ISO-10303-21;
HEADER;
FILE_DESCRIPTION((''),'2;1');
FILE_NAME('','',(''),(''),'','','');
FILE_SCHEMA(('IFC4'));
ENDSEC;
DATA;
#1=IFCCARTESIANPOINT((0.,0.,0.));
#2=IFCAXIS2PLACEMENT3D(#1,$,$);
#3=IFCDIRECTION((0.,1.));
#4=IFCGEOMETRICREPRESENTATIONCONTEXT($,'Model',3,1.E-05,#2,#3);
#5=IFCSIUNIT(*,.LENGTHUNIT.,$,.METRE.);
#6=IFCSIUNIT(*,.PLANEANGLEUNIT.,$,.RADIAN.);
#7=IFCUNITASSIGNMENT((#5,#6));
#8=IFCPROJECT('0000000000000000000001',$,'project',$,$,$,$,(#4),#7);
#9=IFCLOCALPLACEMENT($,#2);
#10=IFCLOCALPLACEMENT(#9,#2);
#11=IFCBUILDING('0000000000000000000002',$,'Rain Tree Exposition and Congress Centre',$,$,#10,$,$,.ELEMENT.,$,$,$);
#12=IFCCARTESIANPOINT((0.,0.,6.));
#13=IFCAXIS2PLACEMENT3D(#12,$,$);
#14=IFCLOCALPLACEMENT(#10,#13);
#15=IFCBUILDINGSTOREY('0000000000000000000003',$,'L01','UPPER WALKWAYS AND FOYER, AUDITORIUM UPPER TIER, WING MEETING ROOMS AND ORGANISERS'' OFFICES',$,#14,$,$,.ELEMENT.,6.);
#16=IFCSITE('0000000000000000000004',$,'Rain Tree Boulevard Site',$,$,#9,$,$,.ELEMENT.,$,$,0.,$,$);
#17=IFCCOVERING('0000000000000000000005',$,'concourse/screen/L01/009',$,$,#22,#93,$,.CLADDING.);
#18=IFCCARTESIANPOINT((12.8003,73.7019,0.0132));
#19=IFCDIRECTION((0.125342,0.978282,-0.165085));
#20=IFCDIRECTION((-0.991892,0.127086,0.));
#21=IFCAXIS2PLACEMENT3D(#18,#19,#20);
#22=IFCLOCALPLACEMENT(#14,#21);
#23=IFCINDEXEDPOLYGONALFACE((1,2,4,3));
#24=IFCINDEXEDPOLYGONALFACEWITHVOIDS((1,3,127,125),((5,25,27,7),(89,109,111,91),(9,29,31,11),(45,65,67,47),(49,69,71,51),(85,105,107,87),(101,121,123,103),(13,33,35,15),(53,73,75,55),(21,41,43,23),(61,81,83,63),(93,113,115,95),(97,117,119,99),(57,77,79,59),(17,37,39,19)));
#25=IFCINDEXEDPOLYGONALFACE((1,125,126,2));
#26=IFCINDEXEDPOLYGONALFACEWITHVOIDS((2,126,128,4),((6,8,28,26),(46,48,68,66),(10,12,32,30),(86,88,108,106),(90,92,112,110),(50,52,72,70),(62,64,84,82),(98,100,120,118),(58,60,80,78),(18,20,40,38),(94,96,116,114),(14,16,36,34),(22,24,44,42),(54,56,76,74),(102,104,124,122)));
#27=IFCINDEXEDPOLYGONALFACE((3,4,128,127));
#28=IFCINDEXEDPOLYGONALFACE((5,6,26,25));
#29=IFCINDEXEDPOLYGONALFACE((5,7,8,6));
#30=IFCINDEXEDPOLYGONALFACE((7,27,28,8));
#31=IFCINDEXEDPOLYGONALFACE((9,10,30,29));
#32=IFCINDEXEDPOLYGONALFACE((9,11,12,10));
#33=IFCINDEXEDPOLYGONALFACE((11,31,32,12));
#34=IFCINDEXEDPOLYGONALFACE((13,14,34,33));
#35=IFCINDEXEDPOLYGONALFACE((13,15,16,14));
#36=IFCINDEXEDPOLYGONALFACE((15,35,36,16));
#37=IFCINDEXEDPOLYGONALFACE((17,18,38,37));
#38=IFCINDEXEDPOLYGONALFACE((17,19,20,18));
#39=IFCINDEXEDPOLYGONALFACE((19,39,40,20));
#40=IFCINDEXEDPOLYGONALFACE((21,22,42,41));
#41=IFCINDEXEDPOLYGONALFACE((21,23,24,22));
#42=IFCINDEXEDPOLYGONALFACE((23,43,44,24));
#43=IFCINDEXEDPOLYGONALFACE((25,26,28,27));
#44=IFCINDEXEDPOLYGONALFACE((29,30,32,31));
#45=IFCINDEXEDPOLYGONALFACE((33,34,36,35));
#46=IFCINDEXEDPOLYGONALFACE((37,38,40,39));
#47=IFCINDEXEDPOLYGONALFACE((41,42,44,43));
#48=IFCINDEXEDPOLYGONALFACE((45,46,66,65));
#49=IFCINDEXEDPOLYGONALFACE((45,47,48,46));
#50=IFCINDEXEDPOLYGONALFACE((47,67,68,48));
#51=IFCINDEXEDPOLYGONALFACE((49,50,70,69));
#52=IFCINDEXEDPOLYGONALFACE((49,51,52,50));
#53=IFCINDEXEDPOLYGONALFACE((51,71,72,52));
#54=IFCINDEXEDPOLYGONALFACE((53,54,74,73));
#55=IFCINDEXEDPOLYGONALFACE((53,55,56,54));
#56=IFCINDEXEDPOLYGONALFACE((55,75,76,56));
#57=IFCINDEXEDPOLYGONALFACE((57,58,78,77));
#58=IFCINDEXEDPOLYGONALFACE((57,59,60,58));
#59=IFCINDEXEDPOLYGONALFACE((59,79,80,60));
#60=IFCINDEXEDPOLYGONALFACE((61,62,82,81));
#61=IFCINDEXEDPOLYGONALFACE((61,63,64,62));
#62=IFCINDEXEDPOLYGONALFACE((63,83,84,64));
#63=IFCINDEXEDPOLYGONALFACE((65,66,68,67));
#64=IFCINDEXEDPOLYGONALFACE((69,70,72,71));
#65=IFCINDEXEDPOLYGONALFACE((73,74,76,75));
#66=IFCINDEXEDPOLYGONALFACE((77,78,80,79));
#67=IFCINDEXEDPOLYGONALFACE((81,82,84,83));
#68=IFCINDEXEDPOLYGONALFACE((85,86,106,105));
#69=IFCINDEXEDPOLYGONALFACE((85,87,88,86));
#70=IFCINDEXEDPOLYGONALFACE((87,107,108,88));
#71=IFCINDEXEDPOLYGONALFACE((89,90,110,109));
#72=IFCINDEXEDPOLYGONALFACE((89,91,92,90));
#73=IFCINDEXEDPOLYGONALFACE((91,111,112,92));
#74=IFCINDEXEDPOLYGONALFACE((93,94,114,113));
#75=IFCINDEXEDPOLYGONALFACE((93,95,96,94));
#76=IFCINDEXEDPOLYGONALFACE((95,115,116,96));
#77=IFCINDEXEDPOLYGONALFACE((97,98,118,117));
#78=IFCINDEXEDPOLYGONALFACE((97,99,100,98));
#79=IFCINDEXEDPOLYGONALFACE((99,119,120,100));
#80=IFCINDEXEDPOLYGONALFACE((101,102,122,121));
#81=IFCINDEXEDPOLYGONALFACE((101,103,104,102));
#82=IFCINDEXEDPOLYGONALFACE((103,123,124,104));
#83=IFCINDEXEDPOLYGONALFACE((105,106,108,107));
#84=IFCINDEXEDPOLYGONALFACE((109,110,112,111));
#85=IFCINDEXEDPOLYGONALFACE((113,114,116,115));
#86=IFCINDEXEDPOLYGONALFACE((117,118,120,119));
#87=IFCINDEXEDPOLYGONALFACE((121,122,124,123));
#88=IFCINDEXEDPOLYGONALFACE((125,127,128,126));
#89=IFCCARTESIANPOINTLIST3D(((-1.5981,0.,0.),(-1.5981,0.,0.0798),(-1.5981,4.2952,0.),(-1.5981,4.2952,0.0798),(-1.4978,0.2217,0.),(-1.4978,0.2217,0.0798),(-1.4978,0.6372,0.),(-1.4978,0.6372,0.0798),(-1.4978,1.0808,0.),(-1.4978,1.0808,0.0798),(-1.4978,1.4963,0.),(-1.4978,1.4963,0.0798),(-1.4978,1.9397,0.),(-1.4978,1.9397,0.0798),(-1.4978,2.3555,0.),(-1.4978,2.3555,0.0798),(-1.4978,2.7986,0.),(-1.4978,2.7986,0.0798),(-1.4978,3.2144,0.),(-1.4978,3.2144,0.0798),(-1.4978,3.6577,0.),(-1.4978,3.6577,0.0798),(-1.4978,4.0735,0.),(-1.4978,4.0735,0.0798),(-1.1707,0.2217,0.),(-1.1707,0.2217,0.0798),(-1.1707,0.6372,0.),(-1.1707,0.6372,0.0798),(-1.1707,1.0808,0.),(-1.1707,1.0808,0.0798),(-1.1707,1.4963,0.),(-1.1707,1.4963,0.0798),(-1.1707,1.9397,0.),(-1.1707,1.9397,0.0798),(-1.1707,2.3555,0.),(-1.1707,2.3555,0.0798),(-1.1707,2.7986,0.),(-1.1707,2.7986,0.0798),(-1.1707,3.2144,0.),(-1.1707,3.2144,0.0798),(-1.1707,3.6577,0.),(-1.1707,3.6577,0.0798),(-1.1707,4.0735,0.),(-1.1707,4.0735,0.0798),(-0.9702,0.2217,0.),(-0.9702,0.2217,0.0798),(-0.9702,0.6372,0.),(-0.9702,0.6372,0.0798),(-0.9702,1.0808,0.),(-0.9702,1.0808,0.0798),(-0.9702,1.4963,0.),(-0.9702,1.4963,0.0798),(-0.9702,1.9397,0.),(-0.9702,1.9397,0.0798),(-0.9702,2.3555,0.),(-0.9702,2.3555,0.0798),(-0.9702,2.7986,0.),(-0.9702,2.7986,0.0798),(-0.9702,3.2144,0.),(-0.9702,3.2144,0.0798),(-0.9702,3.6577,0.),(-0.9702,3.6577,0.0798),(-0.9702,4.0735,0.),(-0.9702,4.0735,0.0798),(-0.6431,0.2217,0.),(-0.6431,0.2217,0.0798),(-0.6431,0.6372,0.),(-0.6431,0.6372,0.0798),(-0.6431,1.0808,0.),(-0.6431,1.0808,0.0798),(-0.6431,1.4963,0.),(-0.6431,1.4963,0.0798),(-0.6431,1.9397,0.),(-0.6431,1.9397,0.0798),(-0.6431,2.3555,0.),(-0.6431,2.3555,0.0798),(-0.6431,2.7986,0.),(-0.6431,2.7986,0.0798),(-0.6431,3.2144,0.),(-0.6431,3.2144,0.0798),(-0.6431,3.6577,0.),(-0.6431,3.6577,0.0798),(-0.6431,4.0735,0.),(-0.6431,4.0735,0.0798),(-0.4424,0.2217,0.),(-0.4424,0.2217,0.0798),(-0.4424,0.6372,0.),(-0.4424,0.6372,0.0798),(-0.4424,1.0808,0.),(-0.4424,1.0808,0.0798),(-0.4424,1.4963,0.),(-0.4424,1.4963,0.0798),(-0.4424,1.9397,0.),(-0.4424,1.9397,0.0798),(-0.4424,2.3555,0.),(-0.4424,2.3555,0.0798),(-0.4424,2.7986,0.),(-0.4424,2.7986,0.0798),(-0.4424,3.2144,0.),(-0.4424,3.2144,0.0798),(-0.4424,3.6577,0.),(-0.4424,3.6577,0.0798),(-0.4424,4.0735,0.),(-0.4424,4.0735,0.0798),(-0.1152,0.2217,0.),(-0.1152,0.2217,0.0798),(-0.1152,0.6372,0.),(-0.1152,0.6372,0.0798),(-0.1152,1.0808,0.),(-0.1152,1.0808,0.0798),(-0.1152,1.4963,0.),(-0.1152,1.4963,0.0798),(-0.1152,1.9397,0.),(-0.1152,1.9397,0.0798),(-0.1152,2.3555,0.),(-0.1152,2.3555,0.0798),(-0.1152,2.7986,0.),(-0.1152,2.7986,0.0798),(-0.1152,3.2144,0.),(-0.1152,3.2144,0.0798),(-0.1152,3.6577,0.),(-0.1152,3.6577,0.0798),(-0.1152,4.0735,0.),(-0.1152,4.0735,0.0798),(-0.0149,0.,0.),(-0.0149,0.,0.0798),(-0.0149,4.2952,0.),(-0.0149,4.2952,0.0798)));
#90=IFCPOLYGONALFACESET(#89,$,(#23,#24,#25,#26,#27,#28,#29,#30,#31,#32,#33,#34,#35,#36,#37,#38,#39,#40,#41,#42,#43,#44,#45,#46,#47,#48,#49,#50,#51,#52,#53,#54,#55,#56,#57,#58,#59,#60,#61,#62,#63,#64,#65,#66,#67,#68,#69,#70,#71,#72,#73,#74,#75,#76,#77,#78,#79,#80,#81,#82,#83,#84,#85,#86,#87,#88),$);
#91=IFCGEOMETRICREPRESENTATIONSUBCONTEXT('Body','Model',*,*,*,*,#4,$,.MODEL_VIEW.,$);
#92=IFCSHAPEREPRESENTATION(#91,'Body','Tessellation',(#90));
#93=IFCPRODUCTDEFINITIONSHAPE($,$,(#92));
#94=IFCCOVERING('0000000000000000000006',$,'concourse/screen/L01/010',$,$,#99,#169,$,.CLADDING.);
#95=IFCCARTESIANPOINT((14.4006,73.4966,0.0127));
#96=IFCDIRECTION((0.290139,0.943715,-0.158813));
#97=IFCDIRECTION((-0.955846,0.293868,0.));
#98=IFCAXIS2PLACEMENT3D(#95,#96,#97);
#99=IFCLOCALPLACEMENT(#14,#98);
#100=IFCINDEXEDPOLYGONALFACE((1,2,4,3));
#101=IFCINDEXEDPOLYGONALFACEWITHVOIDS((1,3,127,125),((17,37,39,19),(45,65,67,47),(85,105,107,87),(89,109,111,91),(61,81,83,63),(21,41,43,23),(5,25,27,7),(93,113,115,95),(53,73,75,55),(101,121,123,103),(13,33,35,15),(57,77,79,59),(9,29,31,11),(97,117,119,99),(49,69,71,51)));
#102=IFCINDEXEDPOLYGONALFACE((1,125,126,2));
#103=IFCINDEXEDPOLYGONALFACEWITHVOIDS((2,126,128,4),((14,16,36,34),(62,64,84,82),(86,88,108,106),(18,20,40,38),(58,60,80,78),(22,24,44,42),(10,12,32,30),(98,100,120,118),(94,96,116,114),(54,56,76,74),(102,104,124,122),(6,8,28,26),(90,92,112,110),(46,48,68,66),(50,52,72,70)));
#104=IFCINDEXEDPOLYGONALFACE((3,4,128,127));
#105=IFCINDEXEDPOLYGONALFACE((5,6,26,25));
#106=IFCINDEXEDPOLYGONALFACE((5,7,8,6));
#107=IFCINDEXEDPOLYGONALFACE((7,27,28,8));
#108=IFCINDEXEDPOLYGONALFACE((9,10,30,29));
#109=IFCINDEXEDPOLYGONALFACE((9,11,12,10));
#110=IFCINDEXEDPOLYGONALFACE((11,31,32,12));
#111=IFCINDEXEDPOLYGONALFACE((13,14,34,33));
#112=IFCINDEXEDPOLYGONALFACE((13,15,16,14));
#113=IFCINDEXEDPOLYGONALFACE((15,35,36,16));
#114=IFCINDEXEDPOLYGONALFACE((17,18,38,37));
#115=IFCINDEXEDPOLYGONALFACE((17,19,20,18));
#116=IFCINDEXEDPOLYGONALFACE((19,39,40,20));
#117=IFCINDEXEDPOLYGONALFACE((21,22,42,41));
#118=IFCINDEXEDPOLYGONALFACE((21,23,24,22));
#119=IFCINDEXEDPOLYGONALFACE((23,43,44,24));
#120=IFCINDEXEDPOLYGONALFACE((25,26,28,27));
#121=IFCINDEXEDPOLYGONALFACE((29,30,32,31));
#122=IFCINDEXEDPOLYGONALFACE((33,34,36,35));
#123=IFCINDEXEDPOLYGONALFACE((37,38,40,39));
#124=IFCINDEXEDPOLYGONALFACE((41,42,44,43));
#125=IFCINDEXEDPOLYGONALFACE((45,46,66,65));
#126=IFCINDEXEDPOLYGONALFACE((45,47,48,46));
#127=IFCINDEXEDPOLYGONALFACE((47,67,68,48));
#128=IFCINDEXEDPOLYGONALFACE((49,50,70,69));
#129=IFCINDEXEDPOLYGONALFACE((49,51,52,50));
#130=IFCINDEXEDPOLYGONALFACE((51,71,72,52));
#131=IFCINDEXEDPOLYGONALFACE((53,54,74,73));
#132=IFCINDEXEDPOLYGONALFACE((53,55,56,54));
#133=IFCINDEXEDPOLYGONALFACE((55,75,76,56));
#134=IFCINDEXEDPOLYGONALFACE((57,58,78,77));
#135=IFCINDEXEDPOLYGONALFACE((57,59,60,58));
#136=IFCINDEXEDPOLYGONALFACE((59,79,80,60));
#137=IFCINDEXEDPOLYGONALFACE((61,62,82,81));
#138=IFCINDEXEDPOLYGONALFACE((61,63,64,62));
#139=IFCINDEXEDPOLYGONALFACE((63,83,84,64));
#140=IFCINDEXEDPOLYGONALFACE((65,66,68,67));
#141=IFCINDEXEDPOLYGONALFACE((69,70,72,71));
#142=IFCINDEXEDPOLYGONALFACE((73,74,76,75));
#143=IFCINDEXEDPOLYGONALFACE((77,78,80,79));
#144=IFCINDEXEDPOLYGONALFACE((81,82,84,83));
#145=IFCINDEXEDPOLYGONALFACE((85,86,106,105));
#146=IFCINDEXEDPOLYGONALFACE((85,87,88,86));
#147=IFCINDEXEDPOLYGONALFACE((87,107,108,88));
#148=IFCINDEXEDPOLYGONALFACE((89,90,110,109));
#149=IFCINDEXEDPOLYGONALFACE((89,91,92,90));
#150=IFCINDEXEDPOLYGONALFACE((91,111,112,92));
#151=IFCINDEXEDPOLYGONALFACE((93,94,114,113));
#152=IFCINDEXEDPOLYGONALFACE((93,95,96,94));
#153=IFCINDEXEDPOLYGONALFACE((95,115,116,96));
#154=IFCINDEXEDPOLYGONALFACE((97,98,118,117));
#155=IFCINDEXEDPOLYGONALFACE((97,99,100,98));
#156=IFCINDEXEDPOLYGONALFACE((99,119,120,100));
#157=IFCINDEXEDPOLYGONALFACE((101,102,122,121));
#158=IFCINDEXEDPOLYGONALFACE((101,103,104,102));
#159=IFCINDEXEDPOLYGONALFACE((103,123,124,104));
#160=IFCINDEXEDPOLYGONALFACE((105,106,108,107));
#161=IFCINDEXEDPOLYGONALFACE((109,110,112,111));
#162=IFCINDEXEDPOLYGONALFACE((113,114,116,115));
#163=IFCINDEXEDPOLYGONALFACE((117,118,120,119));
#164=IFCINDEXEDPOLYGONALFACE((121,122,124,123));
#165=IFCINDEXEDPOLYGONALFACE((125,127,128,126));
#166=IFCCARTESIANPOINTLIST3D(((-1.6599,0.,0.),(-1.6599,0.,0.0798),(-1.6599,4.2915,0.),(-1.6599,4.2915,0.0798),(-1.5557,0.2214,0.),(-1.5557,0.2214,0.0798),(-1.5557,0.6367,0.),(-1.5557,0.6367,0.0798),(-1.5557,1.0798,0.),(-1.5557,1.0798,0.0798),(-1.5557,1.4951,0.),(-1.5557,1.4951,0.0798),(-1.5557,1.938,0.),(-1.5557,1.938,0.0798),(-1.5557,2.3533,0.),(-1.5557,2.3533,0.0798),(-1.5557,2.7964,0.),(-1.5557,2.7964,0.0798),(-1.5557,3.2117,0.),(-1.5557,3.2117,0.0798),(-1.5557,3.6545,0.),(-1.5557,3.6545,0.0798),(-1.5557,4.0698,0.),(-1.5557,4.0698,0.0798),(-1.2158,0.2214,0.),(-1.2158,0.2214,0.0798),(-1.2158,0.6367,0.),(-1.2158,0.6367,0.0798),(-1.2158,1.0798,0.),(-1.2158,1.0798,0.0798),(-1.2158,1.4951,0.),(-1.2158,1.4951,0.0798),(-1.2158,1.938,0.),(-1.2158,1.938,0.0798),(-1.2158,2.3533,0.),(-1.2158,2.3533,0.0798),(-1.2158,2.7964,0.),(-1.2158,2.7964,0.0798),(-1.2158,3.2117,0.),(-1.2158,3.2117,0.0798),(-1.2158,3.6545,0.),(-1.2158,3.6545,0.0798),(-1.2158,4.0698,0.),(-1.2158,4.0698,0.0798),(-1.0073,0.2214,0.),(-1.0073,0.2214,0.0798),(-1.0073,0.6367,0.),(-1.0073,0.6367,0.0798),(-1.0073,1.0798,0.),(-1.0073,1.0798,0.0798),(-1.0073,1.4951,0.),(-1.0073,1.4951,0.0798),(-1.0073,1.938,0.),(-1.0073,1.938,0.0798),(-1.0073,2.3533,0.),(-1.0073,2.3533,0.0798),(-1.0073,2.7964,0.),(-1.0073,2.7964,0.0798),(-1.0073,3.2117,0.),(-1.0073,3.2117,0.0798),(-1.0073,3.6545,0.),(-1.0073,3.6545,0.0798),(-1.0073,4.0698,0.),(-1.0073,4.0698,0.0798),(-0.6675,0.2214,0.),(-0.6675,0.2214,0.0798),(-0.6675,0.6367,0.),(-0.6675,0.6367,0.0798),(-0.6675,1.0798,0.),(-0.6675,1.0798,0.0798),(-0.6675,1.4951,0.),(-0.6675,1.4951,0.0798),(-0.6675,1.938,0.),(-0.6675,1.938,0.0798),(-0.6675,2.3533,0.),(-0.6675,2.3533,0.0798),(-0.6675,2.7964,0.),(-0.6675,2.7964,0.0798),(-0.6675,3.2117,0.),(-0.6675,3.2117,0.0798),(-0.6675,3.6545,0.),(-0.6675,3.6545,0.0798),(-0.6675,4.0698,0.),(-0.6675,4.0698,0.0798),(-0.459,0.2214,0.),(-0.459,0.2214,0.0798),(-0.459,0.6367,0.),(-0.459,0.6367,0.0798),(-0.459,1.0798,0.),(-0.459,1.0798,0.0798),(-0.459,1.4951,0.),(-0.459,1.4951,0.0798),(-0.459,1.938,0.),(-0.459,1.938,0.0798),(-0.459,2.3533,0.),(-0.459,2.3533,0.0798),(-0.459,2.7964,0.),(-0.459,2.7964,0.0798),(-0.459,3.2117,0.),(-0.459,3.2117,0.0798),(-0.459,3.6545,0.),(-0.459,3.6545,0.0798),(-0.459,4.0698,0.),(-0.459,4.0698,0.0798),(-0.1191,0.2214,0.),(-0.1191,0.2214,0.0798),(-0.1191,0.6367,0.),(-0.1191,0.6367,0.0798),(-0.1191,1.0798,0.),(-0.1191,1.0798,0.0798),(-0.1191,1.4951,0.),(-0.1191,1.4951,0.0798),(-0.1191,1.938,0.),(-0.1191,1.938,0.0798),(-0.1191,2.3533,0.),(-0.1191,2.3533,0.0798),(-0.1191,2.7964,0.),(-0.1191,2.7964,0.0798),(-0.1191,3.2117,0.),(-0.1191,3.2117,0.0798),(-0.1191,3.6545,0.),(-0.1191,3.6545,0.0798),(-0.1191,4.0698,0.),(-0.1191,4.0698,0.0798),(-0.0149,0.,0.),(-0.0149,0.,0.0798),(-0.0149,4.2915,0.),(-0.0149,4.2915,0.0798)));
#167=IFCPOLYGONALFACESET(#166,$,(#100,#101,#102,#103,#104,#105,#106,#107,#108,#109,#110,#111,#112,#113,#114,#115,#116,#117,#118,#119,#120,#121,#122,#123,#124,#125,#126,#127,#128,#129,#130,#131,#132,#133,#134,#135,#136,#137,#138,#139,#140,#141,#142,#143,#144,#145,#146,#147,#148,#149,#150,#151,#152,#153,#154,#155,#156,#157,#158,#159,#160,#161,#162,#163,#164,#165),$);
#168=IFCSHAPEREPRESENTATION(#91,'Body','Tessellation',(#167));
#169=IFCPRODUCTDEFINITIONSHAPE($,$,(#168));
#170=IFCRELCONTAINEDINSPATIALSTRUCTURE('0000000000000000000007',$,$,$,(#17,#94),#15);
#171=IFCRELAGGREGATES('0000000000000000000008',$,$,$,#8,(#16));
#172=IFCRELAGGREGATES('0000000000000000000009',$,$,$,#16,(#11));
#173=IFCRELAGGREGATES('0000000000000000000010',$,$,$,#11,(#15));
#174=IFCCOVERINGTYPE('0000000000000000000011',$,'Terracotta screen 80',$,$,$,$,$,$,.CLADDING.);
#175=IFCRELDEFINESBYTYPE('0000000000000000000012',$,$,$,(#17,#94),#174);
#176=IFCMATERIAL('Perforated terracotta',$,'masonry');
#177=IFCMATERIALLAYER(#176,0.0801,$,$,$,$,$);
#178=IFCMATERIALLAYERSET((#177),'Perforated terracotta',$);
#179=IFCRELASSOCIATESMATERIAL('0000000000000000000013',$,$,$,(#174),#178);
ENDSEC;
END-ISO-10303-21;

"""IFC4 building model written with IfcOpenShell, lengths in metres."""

from ifc_helpers import new_model, si_unit, direction, frame, origin, place, context, subcontext, project, spatial, polyline, outline, extrude, material, layer, layer_set, type_object, element, save


model = new_model("IFC4")

# Units and contexts
model_context = context("Model", 3, precision=1e-05, world=origin(), true_north=direction((0.0, 1.0)))
body_context = subcontext(model_context, "Body", "Model", "MODEL_VIEW")
ifc_project = project(units=[si_unit("LENGTHUNIT", "METRE"), si_unit("PLANEANGLEUNIT", "RADIAN")], contexts=[model_context])

# Site, building, storey
site_placement = place(None, origin())
site = spatial("IfcSite", under=ifc_project, at=site_placement, Name="Rain Tree Boulevard Site", CompositionType="ELEMENT", RefElevation=0.0)
building_placement = place(site_placement, origin())
building = spatial("IfcBuilding", under=site, at=building_placement, Name="Rain Tree Exposition and Congress Centre", CompositionType="ELEMENT")
storey_placement = place(building_placement, frame((0.0, 0.0, 6.0)))
storey = spatial("IfcBuildingStorey", under=building, at=storey_placement, Name="L01", Description="UPPER WALKWAYS AND FOYER, AUDITORIUM UPPER TIER, WING MEETING ROOMS AND ORGANISERS' OFFICES", CompositionType="ELEMENT", Elevation=6.0)

# Coverings
ifc_material_1 = material(Name="Perforated terracotta", Category="masonry")
ifc_layer_1 = layer(ifc_material_1, 0.0801)
ifc_layer_set_1 = layer_set([ifc_layer_1], Name="Perforated terracotta")
covering_type = type_object("IfcCoveringType", Name="Terracotta screen 80", PredefinedType="CLADDING", material=ifc_layer_set_1)
covering_1_placement = place(storey_placement, frame((12.8003, 73.7019, 0.0132), z_axis=(0.125342, 0.978282, -0.165085), x_axis=(-0.991892, 0.127086, 0.0)))
element("IfcCovering", 1, at=covering_1_placement, inside=storey, type_object=covering_type, Name="concourse/screen/L01/009", PredefinedType="CLADDING", context=body_context, shape_type="SweptSolid", body=[
    extrude(outline(polyline([(-1.5981, 0.0), (-1.5981, 4.2952), (-0.0149, 4.2952), (-0.0149, 0.0), (-1.5981, 0.0)]), holes=[polyline([(-0.1152, 0.2217), (-0.1152, 0.6372), (-0.4424, 0.6372), (-0.4424, 0.2217), (-0.1152, 0.2217)]), polyline([(-0.1152, 1.0808), (-0.1152, 1.4963), (-0.4424, 1.4963), (-0.4424, 1.0808), (-0.1152, 1.0808)]), polyline([(-0.1152, 1.9397), (-0.1152, 2.3555), (-0.4424, 2.3555), (-0.4424, 1.9397), (-0.1152, 1.9397)]), polyline([(-0.1152, 2.7986), (-0.1152, 3.2144), (-0.4424, 3.2144), (-0.4424, 2.7986), (-0.1152, 2.7986)]), polyline([(-0.1152, 3.6577), (-0.1152, 4.0735), (-0.4424, 4.0735), (-0.4424, 3.6577), (-0.1152, 3.6577)]), polyline([(-0.6431, 0.2217), (-0.6431, 0.6372), (-0.9702, 0.6372), (-0.9702, 0.2217), (-0.6431, 0.2217)]), polyline([(-0.6431, 1.0808), (-0.6431, 1.4963), (-0.9702, 1.4963), (-0.9702, 1.0808), (-0.6431, 1.0808)]), polyline([(-0.6431, 1.9397), (-0.6431, 2.3555), (-0.9702, 2.3555), (-0.9702, 1.9397), (-0.6431, 1.9397)]), polyline([(-0.6431, 2.7986), (-0.6431, 3.2144), (-0.9702, 3.2144), (-0.9702, 2.7986), (-0.6431, 2.7986)]), polyline([(-0.6431, 3.6577), (-0.6431, 4.0735), (-0.9702, 4.0735), (-0.9702, 3.6577), (-0.6431, 3.6577)]), polyline([(-1.1707, 0.2217), (-1.1707, 0.6372), (-1.4978, 0.6372), (-1.4978, 0.2217), (-1.1707, 0.2217)]), polyline([(-1.1707, 1.0808), (-1.1707, 1.4963), (-1.4978, 1.4963), (-1.4978, 1.0808), (-1.1707, 1.0808)]), polyline([(-1.1707, 1.9397), (-1.1707, 2.3555), (-1.4978, 2.3555), (-1.4978, 1.9397), (-1.1707, 1.9397)]), polyline([(-1.1707, 2.7986), (-1.1707, 3.2144), (-1.4978, 3.2144), (-1.4978, 2.7986), (-1.1707, 2.7986)]), polyline([(-1.1707, 3.6577), (-1.1707, 4.0735), (-1.4978, 4.0735), (-1.4978, 3.6577), (-1.1707, 3.6577)])]), origin(), (0.0, 0.0, 1.0), 0.0798),
])
covering_2_placement = place(storey_placement, frame((14.4006, 73.4966, 0.0127), z_axis=(0.290139, 0.943715, -0.158813), x_axis=(-0.955846, 0.293868, 0.0)))
element("IfcCovering", 2, at=covering_2_placement, inside=storey, type_object=covering_type, Name="concourse/screen/L01/010", PredefinedType="CLADDING", context=body_context, shape_type="SweptSolid", body=[
    extrude(outline(polyline([(-1.6599, 0.0), (-1.6599, 4.2915), (-0.0149, 4.2915), (-0.0149, 0.0), (-1.6599, 0.0)]), holes=[polyline([(-0.1191, 0.2214), (-0.1191, 0.6367), (-0.459, 0.6367), (-0.459, 0.2214), (-0.1191, 0.2214)]), polyline([(-0.1191, 1.0798), (-0.1191, 1.4951), (-0.459, 1.4951), (-0.459, 1.0798), (-0.1191, 1.0798)]), polyline([(-0.1191, 1.938), (-0.1191, 2.3533), (-0.459, 2.3533), (-0.459, 1.938), (-0.1191, 1.938)]), polyline([(-0.1191, 2.7964), (-0.1191, 3.2117), (-0.459, 3.2117), (-0.459, 2.7964), (-0.1191, 2.7964)]), polyline([(-0.1191, 3.6545), (-0.1191, 4.0698), (-0.459, 4.0698), (-0.459, 3.6545), (-0.1191, 3.6545)]), polyline([(-0.6675, 0.2214), (-0.6675, 0.6367), (-1.0073, 0.6367), (-1.0073, 0.2214), (-0.6675, 0.2214)]), polyline([(-0.6675, 1.0798), (-0.6675, 1.4951), (-1.0073, 1.4951), (-1.0073, 1.0798), (-0.6675, 1.0798)]), polyline([(-0.6675, 1.938), (-0.6675, 2.3533), (-1.0073, 2.3533), (-1.0073, 1.938), (-0.6675, 1.938)]), polyline([(-0.6675, 2.7964), (-0.6675, 3.2117), (-1.0073, 3.2117), (-1.0073, 2.7964), (-0.6675, 2.7964)]), polyline([(-0.6675, 3.6545), (-0.6675, 4.0698), (-1.0073, 4.0698), (-1.0073, 3.6545), (-0.6675, 3.6545)]), polyline([(-1.2158, 0.2214), (-1.2158, 0.6367), (-1.5557, 0.6367), (-1.5557, 0.2214), (-1.2158, 0.2214)]), polyline([(-1.2158, 1.0798), (-1.2158, 1.4951), (-1.5557, 1.4951), (-1.5557, 1.0798), (-1.2158, 1.0798)]), polyline([(-1.2158, 1.938), (-1.2158, 2.3533), (-1.5557, 2.3533), (-1.5557, 1.938), (-1.2158, 1.938)]), polyline([(-1.2158, 2.7964), (-1.2158, 3.2117), (-1.5557, 3.2117), (-1.5557, 2.7964), (-1.2158, 2.7964)]), polyline([(-1.2158, 3.6545), (-1.2158, 4.0698), (-1.5557, 4.0698), (-1.5557, 3.6545), (-1.2158, 3.6545)])]), origin(), (0.0, 0.0, 1.0), 0.0798),
])

save(model, "model.ifc")
